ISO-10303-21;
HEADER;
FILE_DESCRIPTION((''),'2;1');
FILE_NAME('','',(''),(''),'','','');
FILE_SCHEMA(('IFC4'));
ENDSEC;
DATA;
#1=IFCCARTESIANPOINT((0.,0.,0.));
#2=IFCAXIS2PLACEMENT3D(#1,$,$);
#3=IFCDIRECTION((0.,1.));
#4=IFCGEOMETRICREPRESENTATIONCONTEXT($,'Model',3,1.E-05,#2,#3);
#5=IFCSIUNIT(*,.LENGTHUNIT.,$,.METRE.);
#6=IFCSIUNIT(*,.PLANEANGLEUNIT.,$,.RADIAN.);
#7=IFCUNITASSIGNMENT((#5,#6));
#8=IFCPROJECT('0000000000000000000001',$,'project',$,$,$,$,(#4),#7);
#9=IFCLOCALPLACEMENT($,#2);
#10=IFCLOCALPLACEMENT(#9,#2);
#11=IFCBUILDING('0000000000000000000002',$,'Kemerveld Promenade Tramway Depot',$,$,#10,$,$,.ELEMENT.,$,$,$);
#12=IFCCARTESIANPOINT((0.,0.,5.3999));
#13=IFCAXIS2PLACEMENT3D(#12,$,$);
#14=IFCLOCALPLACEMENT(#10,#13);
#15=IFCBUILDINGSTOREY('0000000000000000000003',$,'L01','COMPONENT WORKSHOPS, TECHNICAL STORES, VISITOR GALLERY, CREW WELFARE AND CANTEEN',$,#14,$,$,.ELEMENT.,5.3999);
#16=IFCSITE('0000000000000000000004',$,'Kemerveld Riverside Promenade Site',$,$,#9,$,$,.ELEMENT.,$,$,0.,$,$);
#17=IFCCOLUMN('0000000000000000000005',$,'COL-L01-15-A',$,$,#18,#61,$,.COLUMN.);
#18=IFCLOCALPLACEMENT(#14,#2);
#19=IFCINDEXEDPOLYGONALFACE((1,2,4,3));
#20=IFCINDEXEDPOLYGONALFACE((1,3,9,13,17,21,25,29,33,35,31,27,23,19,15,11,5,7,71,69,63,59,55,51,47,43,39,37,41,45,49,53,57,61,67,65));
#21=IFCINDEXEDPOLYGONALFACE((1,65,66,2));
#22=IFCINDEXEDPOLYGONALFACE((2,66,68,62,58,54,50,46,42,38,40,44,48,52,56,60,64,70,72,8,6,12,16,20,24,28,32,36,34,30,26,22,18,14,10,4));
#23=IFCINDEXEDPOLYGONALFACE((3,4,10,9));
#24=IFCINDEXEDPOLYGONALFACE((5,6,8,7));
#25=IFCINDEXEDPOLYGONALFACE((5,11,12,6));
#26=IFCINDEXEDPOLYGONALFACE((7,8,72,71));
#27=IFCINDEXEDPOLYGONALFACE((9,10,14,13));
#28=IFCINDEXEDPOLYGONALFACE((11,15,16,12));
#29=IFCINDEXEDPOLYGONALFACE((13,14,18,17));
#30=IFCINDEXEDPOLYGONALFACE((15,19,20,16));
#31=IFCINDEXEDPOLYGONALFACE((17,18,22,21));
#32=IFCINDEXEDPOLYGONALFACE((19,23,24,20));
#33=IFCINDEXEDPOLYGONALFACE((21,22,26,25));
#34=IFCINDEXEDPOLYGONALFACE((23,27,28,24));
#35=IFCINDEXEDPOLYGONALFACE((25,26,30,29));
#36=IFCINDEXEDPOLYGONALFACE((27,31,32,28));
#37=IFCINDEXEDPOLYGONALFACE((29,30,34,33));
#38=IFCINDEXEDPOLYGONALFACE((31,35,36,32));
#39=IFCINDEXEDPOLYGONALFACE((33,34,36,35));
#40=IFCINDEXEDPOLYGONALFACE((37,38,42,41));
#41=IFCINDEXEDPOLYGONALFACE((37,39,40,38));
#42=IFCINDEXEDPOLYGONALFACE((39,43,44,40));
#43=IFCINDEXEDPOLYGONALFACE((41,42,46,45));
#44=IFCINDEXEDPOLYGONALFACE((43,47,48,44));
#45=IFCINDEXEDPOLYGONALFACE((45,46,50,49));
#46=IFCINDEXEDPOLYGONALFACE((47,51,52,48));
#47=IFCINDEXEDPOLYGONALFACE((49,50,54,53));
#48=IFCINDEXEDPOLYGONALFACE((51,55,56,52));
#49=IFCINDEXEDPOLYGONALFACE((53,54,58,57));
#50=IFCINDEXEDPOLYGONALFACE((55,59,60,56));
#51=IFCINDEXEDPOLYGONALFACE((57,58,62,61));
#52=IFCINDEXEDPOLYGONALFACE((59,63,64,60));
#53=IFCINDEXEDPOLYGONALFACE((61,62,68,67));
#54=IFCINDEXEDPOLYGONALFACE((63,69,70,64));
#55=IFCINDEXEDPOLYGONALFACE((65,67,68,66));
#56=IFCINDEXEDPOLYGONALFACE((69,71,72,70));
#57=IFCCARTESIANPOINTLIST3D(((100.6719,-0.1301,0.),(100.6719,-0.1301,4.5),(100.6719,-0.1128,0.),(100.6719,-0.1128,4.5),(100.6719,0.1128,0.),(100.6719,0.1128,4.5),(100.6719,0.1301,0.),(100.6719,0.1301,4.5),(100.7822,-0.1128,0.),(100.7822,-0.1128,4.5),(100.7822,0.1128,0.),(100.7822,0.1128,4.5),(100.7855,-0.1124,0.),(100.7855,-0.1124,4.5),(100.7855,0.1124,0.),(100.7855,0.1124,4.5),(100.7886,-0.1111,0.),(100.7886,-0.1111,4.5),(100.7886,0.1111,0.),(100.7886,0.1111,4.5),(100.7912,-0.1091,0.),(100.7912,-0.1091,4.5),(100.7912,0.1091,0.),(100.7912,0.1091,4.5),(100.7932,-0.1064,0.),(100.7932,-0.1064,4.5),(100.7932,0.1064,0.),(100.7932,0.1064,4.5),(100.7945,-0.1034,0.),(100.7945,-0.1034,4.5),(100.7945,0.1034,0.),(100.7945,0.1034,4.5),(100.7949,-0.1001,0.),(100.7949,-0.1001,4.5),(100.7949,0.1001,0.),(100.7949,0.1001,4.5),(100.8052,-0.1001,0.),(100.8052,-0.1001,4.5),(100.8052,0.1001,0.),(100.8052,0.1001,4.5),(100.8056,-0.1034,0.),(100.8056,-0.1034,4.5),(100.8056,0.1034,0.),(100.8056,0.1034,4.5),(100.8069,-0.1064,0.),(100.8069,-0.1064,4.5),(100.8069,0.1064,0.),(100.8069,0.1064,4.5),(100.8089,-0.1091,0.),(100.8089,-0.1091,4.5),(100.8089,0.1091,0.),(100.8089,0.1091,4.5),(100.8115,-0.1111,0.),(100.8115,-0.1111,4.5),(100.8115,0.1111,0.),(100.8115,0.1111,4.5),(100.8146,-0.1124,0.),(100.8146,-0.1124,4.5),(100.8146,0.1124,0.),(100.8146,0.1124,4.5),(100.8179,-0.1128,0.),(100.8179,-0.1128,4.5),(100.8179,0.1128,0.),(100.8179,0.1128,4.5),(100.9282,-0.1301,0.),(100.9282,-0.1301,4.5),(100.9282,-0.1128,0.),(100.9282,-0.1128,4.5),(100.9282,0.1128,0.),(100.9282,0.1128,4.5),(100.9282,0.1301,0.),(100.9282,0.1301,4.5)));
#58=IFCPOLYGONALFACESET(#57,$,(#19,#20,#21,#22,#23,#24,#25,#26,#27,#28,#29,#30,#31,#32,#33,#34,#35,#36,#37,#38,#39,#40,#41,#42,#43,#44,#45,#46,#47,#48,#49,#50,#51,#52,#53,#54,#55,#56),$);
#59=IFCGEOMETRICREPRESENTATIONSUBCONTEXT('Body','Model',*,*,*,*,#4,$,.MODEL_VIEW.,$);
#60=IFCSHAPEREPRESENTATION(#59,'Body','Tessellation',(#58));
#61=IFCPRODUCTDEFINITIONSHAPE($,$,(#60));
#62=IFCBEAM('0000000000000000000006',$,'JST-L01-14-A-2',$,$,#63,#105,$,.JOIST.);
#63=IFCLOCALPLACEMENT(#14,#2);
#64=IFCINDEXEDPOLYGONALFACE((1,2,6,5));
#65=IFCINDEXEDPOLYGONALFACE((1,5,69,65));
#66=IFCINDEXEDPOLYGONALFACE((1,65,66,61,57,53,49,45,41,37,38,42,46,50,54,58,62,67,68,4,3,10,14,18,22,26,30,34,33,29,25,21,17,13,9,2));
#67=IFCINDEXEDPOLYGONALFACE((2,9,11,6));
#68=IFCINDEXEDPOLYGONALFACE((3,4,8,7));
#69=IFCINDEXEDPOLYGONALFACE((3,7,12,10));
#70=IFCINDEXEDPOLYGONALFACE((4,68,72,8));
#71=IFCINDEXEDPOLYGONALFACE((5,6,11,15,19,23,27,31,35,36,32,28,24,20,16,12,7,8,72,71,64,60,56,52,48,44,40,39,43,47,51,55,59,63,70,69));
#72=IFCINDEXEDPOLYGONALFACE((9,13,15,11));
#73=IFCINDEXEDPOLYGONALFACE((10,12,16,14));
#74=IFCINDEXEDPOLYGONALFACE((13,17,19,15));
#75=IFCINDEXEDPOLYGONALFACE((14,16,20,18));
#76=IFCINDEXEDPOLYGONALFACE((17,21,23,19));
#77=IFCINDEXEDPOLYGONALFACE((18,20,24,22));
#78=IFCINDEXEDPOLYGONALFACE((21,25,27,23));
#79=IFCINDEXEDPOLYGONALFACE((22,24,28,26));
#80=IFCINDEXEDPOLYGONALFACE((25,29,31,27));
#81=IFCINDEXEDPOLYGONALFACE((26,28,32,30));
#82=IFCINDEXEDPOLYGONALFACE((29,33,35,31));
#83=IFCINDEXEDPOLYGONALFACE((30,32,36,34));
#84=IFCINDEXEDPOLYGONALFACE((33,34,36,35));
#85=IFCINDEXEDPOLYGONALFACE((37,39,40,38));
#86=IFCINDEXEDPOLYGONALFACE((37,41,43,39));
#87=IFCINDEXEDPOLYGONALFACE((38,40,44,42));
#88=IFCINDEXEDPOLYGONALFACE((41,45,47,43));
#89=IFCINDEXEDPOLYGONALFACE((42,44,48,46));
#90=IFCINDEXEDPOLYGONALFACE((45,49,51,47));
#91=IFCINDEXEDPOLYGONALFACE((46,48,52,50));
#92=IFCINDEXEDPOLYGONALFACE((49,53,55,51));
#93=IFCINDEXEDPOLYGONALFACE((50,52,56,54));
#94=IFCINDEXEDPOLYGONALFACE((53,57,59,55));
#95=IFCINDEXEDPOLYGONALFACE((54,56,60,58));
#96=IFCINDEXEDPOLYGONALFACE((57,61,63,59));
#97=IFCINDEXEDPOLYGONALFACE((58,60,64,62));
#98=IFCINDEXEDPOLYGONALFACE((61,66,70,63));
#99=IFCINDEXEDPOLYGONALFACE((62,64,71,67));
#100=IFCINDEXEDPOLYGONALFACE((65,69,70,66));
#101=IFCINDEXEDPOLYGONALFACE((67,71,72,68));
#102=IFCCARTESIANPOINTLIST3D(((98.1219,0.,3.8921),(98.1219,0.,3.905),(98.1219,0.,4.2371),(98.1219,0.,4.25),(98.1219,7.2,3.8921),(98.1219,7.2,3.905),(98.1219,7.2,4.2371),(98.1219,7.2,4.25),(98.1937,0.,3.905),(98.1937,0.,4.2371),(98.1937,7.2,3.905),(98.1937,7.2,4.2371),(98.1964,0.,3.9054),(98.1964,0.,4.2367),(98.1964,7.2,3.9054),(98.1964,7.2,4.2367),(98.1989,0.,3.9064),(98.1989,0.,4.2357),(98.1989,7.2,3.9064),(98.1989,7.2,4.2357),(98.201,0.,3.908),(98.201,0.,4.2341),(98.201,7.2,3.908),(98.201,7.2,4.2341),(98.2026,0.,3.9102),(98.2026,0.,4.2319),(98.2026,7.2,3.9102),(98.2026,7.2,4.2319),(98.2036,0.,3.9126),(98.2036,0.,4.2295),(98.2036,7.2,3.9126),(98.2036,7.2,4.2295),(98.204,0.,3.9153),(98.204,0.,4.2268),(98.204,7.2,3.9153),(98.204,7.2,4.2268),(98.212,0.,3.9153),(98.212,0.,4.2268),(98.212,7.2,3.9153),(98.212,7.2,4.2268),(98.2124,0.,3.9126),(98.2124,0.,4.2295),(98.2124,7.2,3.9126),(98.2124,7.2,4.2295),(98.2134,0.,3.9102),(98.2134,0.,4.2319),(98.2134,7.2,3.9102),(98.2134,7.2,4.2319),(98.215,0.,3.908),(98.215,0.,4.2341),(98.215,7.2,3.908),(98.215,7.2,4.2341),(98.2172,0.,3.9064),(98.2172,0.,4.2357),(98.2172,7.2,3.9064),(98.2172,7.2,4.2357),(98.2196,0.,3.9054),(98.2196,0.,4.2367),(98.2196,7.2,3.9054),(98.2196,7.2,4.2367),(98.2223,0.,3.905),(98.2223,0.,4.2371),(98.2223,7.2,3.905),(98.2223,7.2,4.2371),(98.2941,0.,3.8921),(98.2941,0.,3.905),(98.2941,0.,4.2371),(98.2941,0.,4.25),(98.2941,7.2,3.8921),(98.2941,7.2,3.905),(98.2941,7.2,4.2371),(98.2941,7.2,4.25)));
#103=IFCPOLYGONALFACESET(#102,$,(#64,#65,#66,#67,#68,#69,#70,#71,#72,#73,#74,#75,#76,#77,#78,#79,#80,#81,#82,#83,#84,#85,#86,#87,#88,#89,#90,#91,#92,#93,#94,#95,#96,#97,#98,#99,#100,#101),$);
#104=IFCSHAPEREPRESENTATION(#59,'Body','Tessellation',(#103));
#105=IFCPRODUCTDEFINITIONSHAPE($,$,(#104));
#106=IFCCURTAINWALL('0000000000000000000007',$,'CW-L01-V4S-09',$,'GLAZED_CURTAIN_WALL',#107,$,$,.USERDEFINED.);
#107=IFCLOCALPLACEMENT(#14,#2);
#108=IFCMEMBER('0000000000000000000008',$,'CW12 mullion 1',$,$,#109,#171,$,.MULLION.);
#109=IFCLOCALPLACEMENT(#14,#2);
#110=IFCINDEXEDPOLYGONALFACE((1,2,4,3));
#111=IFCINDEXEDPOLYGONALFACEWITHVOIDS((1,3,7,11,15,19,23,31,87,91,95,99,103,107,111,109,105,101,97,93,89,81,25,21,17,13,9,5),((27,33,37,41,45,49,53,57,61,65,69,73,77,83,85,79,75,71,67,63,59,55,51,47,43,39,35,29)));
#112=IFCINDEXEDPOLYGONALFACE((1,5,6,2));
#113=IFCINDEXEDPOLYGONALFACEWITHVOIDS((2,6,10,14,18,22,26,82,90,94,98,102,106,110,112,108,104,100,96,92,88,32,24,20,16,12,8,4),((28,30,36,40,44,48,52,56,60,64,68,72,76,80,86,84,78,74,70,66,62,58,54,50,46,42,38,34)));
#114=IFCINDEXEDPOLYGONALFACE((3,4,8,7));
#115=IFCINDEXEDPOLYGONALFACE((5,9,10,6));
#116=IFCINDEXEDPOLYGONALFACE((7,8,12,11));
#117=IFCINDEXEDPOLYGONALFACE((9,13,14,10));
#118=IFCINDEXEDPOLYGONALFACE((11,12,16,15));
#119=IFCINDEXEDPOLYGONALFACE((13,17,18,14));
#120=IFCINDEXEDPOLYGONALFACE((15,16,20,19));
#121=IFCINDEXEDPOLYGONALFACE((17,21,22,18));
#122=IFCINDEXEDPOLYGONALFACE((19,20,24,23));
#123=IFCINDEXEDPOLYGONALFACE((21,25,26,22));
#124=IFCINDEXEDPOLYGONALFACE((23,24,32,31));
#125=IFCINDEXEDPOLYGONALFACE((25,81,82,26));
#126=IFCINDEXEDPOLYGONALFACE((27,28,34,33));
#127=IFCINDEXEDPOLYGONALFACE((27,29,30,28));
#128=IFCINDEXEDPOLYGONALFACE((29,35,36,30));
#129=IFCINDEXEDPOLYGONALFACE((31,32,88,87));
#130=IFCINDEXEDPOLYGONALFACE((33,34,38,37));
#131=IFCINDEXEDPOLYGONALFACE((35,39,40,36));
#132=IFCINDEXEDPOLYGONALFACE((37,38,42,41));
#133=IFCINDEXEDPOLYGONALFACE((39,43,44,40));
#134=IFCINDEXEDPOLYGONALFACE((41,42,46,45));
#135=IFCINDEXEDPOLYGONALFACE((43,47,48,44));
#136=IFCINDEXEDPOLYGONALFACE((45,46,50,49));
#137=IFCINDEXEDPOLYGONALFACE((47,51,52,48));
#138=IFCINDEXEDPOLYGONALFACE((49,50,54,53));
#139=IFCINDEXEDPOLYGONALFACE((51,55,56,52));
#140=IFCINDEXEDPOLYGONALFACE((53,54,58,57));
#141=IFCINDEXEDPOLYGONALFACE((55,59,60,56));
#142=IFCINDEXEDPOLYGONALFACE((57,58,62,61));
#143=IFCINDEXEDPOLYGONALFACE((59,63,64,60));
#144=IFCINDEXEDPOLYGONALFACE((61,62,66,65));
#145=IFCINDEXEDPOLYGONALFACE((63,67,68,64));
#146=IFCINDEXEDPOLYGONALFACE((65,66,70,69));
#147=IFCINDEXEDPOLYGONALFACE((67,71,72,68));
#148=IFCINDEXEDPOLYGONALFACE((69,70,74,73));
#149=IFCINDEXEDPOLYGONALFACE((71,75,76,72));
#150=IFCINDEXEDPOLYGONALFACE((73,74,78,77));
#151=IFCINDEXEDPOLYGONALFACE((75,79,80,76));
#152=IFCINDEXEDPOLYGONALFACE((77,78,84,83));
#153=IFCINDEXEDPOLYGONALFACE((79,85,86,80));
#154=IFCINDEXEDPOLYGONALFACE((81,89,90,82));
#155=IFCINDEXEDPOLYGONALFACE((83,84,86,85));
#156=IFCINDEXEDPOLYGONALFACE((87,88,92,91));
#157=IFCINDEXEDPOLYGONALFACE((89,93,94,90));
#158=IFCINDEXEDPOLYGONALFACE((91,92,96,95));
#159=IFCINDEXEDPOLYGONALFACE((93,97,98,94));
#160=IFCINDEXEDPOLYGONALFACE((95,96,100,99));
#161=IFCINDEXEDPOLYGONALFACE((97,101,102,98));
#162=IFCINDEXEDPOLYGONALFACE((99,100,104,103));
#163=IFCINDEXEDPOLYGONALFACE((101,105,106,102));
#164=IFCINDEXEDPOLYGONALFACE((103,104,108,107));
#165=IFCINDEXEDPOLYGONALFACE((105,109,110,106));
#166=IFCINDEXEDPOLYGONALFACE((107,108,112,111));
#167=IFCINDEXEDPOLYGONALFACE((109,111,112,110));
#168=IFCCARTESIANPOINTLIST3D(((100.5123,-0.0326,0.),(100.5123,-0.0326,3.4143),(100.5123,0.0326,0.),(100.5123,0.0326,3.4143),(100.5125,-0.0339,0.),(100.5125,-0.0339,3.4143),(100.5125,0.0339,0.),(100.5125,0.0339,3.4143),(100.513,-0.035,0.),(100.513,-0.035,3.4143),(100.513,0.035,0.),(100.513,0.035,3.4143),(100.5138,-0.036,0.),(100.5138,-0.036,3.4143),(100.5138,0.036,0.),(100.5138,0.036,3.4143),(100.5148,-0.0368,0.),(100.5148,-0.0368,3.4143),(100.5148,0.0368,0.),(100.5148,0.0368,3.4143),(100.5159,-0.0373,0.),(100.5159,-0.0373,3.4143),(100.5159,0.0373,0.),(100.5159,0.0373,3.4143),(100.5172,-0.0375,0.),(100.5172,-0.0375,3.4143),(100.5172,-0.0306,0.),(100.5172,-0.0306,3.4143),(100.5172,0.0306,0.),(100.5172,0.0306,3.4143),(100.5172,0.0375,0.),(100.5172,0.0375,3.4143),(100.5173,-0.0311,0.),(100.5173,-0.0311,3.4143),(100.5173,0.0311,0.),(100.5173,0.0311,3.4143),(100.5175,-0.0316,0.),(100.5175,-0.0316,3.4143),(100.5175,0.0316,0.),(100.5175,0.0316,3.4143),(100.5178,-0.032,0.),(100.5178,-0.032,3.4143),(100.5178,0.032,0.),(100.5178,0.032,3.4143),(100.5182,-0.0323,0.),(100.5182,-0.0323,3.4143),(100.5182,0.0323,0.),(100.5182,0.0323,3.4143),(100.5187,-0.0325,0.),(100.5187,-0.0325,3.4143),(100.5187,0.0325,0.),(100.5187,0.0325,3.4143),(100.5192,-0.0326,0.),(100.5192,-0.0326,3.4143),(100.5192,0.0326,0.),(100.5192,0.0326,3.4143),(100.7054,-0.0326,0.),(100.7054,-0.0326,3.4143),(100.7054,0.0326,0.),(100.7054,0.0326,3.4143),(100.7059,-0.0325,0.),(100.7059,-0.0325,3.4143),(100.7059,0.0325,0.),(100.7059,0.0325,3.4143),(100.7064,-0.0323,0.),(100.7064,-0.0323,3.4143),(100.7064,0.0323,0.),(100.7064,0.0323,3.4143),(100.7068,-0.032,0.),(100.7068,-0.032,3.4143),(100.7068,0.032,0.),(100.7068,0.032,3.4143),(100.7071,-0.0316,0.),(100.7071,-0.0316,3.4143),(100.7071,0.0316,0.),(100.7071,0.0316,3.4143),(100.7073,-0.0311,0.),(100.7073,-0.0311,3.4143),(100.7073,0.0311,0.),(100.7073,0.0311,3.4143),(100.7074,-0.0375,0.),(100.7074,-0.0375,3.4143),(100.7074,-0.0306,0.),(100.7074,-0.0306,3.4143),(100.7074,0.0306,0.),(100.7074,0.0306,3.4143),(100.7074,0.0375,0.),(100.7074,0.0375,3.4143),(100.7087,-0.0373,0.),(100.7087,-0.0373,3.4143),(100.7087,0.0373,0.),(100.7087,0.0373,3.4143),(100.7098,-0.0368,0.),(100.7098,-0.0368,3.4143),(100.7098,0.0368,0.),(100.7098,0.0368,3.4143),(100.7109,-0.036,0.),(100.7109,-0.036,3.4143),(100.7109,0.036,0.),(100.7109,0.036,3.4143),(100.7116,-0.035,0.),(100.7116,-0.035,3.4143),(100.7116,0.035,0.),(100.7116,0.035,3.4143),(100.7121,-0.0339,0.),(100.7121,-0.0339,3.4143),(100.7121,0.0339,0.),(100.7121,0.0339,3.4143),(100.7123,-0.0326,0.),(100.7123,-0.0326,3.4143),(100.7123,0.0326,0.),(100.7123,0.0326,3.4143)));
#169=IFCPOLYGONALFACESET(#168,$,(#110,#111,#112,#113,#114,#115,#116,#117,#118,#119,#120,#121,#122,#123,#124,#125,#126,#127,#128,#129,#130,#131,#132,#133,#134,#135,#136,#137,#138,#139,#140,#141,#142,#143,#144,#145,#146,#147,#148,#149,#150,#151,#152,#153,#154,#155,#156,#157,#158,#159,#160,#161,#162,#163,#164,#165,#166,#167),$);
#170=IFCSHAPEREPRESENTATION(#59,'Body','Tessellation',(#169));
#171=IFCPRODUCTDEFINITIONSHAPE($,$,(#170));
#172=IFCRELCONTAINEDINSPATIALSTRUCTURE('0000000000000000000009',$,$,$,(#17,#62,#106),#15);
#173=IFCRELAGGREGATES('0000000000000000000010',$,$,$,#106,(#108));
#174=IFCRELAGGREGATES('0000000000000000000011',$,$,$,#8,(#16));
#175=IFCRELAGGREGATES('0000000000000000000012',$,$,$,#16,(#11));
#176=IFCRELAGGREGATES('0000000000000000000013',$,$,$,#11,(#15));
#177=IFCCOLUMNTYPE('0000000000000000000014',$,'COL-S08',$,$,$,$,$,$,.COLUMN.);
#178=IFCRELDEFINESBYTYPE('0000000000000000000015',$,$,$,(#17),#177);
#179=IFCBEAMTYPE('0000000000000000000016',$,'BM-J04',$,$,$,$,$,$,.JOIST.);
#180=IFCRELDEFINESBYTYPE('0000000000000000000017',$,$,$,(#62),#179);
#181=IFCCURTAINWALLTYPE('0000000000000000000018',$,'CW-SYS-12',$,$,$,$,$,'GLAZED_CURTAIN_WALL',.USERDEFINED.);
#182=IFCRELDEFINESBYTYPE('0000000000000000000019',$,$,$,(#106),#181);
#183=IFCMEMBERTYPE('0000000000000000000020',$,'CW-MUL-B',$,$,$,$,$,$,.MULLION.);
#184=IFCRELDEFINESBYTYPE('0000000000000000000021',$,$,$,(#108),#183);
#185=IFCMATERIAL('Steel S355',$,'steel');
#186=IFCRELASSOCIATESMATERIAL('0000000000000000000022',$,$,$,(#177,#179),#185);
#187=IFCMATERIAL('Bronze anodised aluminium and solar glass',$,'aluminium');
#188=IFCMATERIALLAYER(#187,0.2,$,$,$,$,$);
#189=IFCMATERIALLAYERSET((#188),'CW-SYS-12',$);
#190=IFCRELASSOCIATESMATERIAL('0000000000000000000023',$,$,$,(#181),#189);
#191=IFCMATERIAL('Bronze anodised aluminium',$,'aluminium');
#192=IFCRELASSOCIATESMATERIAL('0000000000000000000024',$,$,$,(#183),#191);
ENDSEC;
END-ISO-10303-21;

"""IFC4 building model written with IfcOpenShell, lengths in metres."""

from ifc_helpers import new_model, si_unit, direction, frame, origin, origin_2d, place, context, subcontext, project, spatial, hollow_rectangle, i_section, extrude, material, layer, layer_set, material_profile, profile_set, type_object, element, aggregate, save


model = new_model("IFC4")

# Units and contexts
model_context = context("Model", 3, precision=1e-05, world=origin(), true_north=direction((0.0, 1.0)))
body_context = subcontext(model_context, "Body", "Model", "MODEL_VIEW")
ifc_project = project(units=[si_unit("LENGTHUNIT", "METRE"), si_unit("PLANEANGLEUNIT", "RADIAN")], contexts=[model_context])

# Site, building, storey
site_placement = place(None, origin())
site = spatial("IfcSite", under=ifc_project, at=site_placement, Name="Kemerveld Riverside Promenade Site", CompositionType="ELEMENT", RefElevation=0.0)
building_placement = place(site_placement, origin())
building = spatial("IfcBuilding", under=site, at=building_placement, Name="Kemerveld Promenade Tramway Depot", CompositionType="ELEMENT")
storey_placement = place(building_placement, frame((0.0, 0.0, 5.3999)))
storey = spatial("IfcBuildingStorey", under=building, at=storey_placement, Name="L01", Description="COMPONENT WORKSHOPS, TECHNICAL STORES, VISITOR GALLERY, CREW WELFARE AND CANTEEN", CompositionType="ELEMENT", Elevation=5.3999)

# Column
ifc_material_1 = material(Name="Steel S355", Category="steel")
ifc_material_profile_1 = material_profile(ifc_material_1, i_section(OverallWidth=0.2563, OverallDepth=0.2603, WebThickness=0.0103, FlangeThickness=0.0173, FilletRadius=0.0127, at=origin_2d()), Name="254x254x89 UC")
ifc_profile_set_1 = profile_set([ifc_material_profile_1], Name="Steel S355")
column_type = type_object("IfcColumnType", Name="COL-S08", PredefinedType="COLUMN", material=ifc_profile_set_1)
column_placement = place(storey_placement, frame((100.8, 0.0, 0.0), z_axis=(0.0, 0.0, 1.0), x_axis=(1.0, 0.0, 0.0)))
element("IfcColumn", 1, at=column_placement, inside=storey, type_object=column_type, Name="COL-L01-15-A", PredefinedType="COLUMN", context=body_context, shape_type="SweptSolid", body=[
    extrude(i_section(OverallWidth=0.2563, OverallDepth=0.2603, WebThickness=0.0103, FlangeThickness=0.0173, FilletRadius=0.0127, at=origin_2d()), origin(), (0.0, 0.0, 1.0), 4.5),
])

# Beam
ifc_material_profile_2 = material_profile(ifc_material_1, i_section(OverallWidth=0.1721, OverallDepth=0.3579, WebThickness=0.0081, FlangeThickness=0.0129, FilletRadius=0.0103, at=origin_2d()), Name="356x171x57 UB")
ifc_profile_set_2 = profile_set([ifc_material_profile_2], Name="Steel S355")
beam_type = type_object("IfcBeamType", Name="BM-J04", PredefinedType="JOIST", material=ifc_profile_set_2)
beam_placement = place(storey_placement, frame((98.208, 0.0, 4.071), z_axis=(0.0, 1.0, 0.0), x_axis=(-1.0, 0.0, 0.0)))
element("IfcBeam", 2, at=beam_placement, inside=storey, type_object=beam_type, Name="JST-L01-14-A-2", PredefinedType="JOIST", context=body_context, shape_type="SweptSolid", body=[
    extrude(i_section(OverallWidth=0.1721, OverallDepth=0.3579, WebThickness=0.0081, FlangeThickness=0.0129, FilletRadius=0.0103, at=origin_2d()), origin(), (0.0, 0.0, 1.0), 7.2),
])

# Curtain wall, member
ifc_material_2 = material(Name="Bronze anodised aluminium and solar glass", Category="aluminium")
ifc_layer_1 = layer(ifc_material_2, 0.2)
ifc_layer_set_1 = layer_set([ifc_layer_1], Name="CW-SYS-12")
curtain_wall_type = type_object("IfcCurtainWallType", Name="CW-SYS-12", ElementType="GLAZED_CURTAIN_WALL", PredefinedType="USERDEFINED", material=ifc_layer_set_1)
curtain_wall_placement = place(storey_placement, origin())
curtain_wall = element("IfcCurtainWall", 3, at=curtain_wall_placement, inside=storey, type_object=curtain_wall_type, Name="CW-L01-V4S-09", ObjectType="GLAZED_CURTAIN_WALL", PredefinedType="USERDEFINED")
ifc_material_3 = material(Name="Bronze anodised aluminium", Category="aluminium")
ifc_material_profile_3 = material_profile(ifc_material_3, hollow_rectangle(XDim=0.075, YDim=0.2, WallThickness=0.0049, InnerFilletRadius=0.002, OuterFilletRadius=0.0049, at=origin_2d()), Name="CW-MUL-200x75")
ifc_profile_set_3 = profile_set([ifc_material_profile_3], Name="Bronze anodised aluminium")
member_type_1 = type_object("IfcMemberType", Name="CW-MUL-B", PredefinedType="MULLION", material=ifc_profile_set_3)
member_1_placement = place(storey_placement, frame((100.6123, 0.0, 0.0), z_axis=(0.0, 0.0, 1.0), x_axis=(0.0, -1.0, 0.0)))
member_1 = element("IfcMember", 4, at=member_1_placement, type_object=member_type_1, Name="CW12 mullion 1", PredefinedType="MULLION", context=body_context, shape_type="SweptSolid", body=[
    extrude(hollow_rectangle(XDim=0.075, YDim=0.2, WallThickness=0.0049, InnerFilletRadius=0.002, OuterFilletRadius=0.0049, at=origin_2d()), origin(), (0.0, 0.0, 1.0), 3.4143),
])
aggregate(curtain_wall, [member_1])

save(model, "model.ifc")
